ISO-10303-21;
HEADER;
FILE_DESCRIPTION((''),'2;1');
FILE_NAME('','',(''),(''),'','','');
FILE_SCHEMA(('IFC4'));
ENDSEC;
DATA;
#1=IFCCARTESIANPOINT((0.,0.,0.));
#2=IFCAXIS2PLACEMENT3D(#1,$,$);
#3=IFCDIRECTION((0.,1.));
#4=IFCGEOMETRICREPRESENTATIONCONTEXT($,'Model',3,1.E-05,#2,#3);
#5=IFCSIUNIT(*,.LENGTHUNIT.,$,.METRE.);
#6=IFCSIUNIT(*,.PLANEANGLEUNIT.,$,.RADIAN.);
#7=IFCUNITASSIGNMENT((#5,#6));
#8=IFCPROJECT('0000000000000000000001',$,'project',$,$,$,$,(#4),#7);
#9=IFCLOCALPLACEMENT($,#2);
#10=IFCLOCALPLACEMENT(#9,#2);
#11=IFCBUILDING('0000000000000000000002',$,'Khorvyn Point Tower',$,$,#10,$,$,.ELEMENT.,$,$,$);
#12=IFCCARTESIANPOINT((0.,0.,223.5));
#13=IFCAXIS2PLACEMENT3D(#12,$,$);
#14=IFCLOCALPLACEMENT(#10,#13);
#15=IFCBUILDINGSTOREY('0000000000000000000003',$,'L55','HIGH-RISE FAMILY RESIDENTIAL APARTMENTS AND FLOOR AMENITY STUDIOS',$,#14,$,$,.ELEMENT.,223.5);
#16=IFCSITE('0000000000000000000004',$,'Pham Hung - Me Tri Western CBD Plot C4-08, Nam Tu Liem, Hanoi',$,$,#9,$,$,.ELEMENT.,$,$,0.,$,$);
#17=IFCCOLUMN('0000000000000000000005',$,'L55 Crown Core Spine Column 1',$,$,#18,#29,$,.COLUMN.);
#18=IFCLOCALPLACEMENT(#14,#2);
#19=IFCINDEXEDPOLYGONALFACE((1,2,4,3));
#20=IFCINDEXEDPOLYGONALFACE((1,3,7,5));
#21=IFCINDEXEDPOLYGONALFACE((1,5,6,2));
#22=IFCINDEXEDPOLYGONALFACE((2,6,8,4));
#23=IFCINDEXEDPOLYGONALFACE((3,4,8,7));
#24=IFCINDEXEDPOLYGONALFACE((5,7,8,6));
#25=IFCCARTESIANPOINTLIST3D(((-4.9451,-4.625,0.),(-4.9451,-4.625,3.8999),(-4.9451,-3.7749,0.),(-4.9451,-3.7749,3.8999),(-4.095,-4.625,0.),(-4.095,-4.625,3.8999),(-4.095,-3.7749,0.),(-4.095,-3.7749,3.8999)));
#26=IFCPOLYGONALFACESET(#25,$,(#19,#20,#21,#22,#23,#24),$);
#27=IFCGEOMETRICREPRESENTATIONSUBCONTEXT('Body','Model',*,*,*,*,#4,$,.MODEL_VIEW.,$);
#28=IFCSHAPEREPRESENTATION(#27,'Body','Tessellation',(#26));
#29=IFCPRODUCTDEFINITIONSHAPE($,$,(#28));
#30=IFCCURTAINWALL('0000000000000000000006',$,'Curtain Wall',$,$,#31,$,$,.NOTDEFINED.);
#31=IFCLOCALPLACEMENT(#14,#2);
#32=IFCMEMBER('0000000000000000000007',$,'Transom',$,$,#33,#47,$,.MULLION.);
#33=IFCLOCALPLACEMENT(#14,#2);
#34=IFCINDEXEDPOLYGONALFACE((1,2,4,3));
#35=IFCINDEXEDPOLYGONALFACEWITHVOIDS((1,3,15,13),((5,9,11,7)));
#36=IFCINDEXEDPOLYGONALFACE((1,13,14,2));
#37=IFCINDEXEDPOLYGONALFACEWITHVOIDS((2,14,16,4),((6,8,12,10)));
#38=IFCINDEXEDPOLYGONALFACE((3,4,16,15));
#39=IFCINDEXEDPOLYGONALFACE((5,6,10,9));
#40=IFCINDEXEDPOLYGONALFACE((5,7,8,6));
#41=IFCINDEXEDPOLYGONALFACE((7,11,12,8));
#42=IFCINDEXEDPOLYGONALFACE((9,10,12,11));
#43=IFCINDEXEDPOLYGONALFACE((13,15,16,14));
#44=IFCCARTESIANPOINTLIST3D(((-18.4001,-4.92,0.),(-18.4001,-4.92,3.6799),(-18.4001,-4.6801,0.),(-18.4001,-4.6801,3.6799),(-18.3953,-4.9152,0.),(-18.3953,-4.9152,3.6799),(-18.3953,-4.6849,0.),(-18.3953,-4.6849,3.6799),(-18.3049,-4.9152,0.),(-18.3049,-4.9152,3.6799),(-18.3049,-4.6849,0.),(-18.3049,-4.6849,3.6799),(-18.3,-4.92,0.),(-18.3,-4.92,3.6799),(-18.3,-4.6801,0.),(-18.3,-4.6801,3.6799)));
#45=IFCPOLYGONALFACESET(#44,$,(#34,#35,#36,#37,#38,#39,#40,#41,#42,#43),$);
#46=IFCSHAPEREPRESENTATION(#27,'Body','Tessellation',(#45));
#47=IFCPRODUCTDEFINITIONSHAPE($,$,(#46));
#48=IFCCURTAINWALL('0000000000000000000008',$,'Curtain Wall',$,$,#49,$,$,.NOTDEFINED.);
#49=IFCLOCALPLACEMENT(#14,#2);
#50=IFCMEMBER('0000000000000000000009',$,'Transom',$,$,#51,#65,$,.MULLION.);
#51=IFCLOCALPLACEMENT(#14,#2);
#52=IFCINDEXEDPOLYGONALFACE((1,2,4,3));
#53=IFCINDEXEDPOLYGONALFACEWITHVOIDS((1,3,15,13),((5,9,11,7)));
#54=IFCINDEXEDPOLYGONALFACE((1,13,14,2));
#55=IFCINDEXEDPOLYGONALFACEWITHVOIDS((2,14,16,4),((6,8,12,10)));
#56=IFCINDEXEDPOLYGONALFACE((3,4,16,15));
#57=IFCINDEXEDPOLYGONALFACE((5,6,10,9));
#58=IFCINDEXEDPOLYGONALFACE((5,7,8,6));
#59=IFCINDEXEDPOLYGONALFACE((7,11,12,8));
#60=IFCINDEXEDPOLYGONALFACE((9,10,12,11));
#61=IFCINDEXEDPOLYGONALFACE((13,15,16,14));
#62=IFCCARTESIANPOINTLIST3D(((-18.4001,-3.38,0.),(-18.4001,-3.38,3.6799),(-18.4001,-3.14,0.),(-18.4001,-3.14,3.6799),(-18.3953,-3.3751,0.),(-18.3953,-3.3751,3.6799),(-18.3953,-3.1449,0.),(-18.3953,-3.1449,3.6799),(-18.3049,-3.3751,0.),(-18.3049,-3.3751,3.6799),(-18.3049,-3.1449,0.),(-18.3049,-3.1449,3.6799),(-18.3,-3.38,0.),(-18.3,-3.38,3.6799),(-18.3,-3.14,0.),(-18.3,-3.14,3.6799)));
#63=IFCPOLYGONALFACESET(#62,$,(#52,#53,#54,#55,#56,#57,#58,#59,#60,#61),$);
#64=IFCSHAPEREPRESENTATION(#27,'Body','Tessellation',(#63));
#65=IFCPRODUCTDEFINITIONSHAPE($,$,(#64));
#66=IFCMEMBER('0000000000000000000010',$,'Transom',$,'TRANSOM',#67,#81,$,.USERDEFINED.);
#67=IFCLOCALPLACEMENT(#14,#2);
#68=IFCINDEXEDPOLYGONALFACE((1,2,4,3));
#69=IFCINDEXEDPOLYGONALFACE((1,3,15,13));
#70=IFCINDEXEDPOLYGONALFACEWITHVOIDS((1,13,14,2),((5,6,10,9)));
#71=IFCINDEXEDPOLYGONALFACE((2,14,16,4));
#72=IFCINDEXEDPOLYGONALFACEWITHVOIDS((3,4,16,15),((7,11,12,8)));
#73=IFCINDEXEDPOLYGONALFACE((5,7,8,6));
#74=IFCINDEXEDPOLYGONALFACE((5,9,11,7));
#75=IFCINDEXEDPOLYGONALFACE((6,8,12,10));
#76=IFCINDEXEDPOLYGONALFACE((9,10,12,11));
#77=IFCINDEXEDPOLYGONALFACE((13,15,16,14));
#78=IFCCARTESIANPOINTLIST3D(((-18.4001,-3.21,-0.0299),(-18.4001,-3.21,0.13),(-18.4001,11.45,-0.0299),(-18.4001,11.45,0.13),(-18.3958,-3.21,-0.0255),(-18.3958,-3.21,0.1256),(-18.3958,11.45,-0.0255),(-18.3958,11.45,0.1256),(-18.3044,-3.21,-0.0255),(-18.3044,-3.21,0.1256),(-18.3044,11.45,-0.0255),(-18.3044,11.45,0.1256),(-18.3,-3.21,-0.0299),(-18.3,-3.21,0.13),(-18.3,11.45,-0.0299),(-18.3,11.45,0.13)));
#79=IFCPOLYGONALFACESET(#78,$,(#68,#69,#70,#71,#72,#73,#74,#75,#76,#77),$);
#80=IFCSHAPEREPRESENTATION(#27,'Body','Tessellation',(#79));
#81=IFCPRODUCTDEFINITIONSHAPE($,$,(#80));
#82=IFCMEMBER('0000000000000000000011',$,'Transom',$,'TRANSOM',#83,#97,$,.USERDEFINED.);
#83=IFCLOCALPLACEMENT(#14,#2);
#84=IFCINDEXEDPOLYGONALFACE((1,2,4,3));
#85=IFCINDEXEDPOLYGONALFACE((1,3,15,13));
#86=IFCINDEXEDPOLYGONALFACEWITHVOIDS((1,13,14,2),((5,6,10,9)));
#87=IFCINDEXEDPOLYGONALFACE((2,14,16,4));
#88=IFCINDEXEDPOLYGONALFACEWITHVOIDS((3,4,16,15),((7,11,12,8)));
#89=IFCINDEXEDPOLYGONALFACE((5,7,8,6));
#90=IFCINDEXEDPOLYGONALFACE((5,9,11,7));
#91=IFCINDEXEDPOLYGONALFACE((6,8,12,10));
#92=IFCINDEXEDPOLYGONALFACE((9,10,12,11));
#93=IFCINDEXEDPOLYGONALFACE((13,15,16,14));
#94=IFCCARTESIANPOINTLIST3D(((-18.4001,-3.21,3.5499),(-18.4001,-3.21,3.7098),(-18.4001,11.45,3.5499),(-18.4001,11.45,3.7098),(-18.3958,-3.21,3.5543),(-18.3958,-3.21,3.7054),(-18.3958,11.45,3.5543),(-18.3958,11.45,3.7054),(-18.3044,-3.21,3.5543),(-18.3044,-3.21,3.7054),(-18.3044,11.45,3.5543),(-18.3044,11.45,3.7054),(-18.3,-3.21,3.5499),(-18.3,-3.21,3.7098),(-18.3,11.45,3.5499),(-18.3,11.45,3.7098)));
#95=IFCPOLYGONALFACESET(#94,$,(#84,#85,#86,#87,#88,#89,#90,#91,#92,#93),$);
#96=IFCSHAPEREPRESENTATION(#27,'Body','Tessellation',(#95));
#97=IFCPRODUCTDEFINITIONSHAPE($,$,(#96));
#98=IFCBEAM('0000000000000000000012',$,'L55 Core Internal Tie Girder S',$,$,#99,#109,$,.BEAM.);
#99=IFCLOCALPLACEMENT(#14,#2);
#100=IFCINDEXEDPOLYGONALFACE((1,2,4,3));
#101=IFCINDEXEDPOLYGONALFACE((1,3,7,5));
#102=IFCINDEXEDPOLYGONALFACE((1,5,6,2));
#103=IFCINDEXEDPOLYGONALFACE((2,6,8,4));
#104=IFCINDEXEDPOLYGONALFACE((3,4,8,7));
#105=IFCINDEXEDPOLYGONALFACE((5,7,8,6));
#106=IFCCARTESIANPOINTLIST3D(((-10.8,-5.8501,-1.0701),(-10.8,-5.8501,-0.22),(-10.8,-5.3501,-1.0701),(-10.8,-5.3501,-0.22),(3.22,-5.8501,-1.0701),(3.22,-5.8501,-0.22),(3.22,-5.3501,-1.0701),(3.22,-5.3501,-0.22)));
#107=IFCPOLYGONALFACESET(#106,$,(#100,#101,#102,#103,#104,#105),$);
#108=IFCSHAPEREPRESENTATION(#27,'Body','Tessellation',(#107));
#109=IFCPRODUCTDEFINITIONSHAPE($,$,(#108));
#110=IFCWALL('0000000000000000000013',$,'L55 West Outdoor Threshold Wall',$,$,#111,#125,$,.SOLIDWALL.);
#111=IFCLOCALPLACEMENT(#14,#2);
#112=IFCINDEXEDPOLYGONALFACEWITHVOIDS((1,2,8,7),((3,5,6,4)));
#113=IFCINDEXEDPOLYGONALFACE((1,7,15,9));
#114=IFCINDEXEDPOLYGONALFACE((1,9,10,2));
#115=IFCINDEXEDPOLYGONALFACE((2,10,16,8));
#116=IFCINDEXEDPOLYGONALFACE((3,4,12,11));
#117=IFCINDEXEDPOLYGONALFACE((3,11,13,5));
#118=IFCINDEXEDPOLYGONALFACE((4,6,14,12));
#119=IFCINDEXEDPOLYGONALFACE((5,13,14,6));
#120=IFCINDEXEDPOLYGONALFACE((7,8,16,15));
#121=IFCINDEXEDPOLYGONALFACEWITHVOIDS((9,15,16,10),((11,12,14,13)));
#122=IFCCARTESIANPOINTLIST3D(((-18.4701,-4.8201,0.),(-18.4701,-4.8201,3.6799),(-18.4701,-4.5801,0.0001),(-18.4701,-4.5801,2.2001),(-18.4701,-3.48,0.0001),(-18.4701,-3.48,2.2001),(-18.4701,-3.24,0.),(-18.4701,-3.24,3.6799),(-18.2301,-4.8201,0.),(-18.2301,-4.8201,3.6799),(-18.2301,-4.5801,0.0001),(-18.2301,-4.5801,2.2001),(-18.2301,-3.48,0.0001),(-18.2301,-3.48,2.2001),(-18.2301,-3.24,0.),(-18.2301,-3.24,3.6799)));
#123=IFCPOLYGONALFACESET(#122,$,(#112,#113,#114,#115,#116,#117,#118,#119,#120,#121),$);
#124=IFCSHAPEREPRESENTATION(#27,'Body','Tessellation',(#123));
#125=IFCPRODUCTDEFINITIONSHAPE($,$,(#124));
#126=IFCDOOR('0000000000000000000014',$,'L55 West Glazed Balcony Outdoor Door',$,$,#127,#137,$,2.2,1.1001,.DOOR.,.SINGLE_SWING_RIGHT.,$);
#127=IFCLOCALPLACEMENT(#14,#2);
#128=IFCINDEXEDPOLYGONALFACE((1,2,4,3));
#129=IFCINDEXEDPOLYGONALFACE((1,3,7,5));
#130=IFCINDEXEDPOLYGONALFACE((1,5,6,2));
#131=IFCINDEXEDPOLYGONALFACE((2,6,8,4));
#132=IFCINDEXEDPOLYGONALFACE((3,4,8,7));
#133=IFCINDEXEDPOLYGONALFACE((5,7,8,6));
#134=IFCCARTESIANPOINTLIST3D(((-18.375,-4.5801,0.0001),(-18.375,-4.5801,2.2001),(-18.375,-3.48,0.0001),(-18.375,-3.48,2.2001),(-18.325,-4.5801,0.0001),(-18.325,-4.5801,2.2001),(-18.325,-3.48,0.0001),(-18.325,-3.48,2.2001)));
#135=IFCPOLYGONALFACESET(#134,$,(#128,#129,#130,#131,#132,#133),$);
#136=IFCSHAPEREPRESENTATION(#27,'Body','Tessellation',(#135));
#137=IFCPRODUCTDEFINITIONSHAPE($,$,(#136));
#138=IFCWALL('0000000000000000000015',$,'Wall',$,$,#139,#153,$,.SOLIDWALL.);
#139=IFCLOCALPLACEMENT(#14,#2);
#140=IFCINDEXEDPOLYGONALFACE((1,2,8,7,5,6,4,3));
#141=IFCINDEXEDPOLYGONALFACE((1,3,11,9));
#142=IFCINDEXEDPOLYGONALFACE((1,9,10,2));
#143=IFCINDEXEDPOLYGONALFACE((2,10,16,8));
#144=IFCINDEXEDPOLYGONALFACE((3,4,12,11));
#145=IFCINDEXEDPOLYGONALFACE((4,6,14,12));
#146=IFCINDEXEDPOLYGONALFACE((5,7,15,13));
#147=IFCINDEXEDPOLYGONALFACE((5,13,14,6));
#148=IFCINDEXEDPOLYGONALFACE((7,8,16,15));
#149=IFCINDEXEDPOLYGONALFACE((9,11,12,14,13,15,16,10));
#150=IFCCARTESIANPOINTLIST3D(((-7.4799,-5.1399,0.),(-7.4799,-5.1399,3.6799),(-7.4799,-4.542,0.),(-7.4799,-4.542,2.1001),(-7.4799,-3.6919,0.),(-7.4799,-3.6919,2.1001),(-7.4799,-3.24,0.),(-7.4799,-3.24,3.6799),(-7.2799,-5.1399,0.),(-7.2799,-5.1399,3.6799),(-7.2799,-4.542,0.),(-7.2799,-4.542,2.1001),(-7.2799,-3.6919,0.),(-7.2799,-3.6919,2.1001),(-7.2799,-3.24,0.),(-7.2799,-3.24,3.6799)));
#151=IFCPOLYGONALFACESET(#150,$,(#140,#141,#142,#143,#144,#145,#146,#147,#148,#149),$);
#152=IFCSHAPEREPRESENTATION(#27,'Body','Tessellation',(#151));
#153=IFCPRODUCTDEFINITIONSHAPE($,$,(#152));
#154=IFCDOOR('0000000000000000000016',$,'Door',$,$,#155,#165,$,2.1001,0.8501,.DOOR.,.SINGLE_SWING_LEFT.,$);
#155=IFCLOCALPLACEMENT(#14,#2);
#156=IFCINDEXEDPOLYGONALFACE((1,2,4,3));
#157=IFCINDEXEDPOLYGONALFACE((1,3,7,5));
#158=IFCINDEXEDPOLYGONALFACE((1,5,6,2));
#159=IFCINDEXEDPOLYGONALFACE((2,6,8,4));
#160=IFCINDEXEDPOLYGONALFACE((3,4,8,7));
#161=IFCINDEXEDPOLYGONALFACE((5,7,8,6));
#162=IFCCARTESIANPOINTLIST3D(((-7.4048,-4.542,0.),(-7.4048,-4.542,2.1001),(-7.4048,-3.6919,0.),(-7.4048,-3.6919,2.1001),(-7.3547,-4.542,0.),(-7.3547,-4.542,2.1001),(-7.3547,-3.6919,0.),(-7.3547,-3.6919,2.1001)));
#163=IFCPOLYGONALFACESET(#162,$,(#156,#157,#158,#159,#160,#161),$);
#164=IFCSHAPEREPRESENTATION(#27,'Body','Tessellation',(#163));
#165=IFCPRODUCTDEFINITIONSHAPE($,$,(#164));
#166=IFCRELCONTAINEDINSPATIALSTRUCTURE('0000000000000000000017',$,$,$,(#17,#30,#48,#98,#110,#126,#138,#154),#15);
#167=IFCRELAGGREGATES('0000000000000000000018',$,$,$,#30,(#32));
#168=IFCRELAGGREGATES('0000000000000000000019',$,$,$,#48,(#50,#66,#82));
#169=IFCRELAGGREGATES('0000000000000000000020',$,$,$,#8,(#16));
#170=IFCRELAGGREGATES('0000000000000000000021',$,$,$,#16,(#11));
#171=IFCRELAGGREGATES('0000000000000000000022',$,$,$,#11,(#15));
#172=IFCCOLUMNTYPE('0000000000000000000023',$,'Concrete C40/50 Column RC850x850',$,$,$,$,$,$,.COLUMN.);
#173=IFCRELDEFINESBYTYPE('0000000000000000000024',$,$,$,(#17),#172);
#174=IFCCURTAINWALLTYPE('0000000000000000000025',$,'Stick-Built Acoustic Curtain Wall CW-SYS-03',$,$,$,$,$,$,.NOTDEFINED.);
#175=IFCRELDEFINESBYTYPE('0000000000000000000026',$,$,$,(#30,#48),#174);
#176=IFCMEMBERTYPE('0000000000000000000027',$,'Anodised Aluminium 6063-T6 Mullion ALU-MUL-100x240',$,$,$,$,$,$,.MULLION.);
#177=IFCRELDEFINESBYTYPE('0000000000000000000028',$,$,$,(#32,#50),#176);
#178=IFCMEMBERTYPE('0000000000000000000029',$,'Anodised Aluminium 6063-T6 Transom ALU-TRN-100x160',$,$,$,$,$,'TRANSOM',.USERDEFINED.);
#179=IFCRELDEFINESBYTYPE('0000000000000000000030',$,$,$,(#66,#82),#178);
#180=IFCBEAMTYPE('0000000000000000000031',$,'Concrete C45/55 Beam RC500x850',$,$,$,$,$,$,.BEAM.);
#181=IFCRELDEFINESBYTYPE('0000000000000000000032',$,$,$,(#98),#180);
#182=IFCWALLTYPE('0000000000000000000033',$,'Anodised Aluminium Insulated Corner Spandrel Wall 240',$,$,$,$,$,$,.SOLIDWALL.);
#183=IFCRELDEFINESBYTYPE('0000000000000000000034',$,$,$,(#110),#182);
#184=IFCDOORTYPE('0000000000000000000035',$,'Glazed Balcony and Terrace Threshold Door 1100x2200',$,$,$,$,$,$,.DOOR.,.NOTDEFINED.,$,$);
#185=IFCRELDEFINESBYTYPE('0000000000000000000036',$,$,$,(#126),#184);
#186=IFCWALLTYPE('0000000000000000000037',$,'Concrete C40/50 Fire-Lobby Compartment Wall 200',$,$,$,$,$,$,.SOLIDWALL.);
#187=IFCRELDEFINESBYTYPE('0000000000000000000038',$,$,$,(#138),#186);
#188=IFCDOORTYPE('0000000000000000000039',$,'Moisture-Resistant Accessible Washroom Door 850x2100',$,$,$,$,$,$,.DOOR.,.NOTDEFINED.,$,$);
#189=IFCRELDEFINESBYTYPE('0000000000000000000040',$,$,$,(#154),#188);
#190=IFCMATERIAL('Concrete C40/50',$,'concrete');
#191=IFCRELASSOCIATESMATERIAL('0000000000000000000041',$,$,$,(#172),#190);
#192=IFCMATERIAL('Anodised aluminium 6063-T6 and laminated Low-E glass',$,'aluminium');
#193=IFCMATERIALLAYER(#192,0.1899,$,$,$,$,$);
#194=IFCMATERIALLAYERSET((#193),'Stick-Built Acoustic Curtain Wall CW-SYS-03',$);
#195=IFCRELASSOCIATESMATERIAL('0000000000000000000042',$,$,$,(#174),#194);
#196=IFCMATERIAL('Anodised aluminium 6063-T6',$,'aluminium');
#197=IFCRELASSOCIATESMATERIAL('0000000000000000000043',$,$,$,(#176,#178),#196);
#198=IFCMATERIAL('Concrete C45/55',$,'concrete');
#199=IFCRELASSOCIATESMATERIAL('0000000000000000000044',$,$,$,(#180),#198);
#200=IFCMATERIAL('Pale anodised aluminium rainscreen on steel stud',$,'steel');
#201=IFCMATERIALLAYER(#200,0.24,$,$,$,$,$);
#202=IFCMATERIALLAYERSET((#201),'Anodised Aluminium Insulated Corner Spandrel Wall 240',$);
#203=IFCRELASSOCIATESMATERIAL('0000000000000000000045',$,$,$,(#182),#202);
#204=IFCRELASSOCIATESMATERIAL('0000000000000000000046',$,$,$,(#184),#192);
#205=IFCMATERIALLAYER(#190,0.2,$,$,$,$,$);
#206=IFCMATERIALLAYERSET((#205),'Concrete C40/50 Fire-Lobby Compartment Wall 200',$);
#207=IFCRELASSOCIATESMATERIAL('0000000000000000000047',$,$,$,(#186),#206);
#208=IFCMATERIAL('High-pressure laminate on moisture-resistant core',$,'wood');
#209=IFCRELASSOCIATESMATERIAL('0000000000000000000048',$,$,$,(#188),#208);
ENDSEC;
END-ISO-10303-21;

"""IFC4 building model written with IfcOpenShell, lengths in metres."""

from ifc_helpers import new_model, si_unit, direction, frame, frame_2d, origin, origin_2d, place, context, subcontext, project, spatial, rectangle, hollow_rectangle, extrude, material, layer, layer_set, material_profile, profile_set, type_object, element, fill, aggregate, save


model = new_model("IFC4")

# Units and contexts
model_context = context("Model", 3, precision=1e-05, world=origin(), true_north=direction((0.0, 1.0)))
body_context = subcontext(model_context, "Body", "Model", "MODEL_VIEW")
ifc_project = project(units=[si_unit("LENGTHUNIT", "METRE"), si_unit("PLANEANGLEUNIT", "RADIAN")], contexts=[model_context])

# Site, building, storey
site_placement = place(None, origin())
site = spatial("IfcSite", under=ifc_project, at=site_placement, Name="Pham Hung - Me Tri Western CBD Plot C4-08, Nam Tu Liem, Hanoi", CompositionType="ELEMENT", RefElevation=0.0)
building_placement = place(site_placement, origin())
building = spatial("IfcBuilding", under=site, at=building_placement, Name="Khorvyn Point Tower", CompositionType="ELEMENT")
storey_placement = place(building_placement, frame((0.0, 0.0, 223.5)))
storey = spatial("IfcBuildingStorey", under=building, at=storey_placement, Name="L55", Description="HIGH-RISE FAMILY RESIDENTIAL APARTMENTS AND FLOOR AMENITY STUDIOS", CompositionType="ELEMENT", Elevation=223.5)

# Column
ifc_material_1 = material(Name="Concrete C40/50", Category="concrete")
ifc_material_profile_1 = material_profile(ifc_material_1, rectangle(XDim=0.8501, YDim=0.8501, at=origin_2d()))
ifc_profile_set_1 = profile_set([ifc_material_profile_1], Name="Concrete C40/50 RC850x850")
column_type = type_object("IfcColumnType", Name="Concrete C40/50 Column RC850x850", PredefinedType="COLUMN", material=ifc_profile_set_1)
column_placement = place(storey_placement, frame((-4.52, -4.2, 0.0), z_axis=(0.0, 0.0, 1.0), x_axis=(1.0, 0.0, 0.0)))
element("IfcColumn", 1, at=column_placement, inside=storey, type_object=column_type, Name="L55 Crown Core Spine Column 1", PredefinedType="COLUMN", context=body_context, shape_type="SweptSolid", body=[
    extrude(rectangle(XDim=0.8501, YDim=0.8501, at=origin_2d()), origin(), (0.0, 0.0, 1.0), 3.8999),
])

# Curtain wall, member
ifc_material_2 = material(Name="Anodised aluminium 6063-T6 and laminated Low-E glass", Category="aluminium")
ifc_layer_1 = layer(ifc_material_2, 0.1899)
ifc_layer_set_1 = layer_set([ifc_layer_1], Name="Stick-Built Acoustic Curtain Wall CW-SYS-03")
curtain_wall_type = type_object("IfcCurtainWallType", Name="Stick-Built Acoustic Curtain Wall CW-SYS-03", PredefinedType="NOTDEFINED", material=ifc_layer_set_1)
curtain_wall_1_placement = place(storey_placement, origin())
curtain_wall_1 = element("IfcCurtainWall", 2, at=curtain_wall_1_placement, inside=storey, type_object=curtain_wall_type, Name="Curtain Wall", PredefinedType="NOTDEFINED")
ifc_material_3 = material(Name="Anodised aluminium 6063-T6", Category="aluminium")
ifc_material_profile_2 = material_profile(ifc_material_3, hollow_rectangle(XDim=0.1001, YDim=0.24, WallThickness=0.0049, at=origin_2d()))
ifc_profile_set_2 = profile_set([ifc_material_profile_2], Name="Anodised aluminium 6063-T6 ALU-MUL-100x240")
member_type_1 = type_object("IfcMemberType", Name="Anodised Aluminium 6063-T6 Mullion ALU-MUL-100x240", PredefinedType="MULLION", material=ifc_profile_set_2)
member_1_placement = place(storey_placement, frame((-18.3501, -4.8, 0.0), z_axis=(0.0, 0.0, 1.0), x_axis=(-1.0, 0.0, 0.0)))
member_1 = element("IfcMember", 3, at=member_1_placement, type_object=member_type_1, Name="Transom", PredefinedType="MULLION", context=body_context, shape_type="SweptSolid", body=[
    extrude(hollow_rectangle(XDim=0.1001, YDim=0.24, WallThickness=0.0049, at=origin_2d()), origin(), (0.0, 0.0, 1.0), 3.6799),
])
aggregate(curtain_wall_1, [member_1])

# Curtain wall, members
curtain_wall_2_placement = place(storey_placement, origin())
curtain_wall_2 = element("IfcCurtainWall", 4, at=curtain_wall_2_placement, inside=storey, type_object=curtain_wall_type, Name="Curtain Wall", PredefinedType="NOTDEFINED")
member_2_placement = place(storey_placement, frame((-18.3501, -3.26, 0.0), z_axis=(0.0, 0.0, 1.0), x_axis=(-1.0, 0.0, 0.0)))
member_2 = element("IfcMember", 5, at=member_2_placement, type_object=member_type_1, Name="Transom", PredefinedType="MULLION", context=body_context, shape_type="SweptSolid", body=[
    extrude(hollow_rectangle(XDim=0.1001, YDim=0.24, WallThickness=0.0049, at=origin_2d()), origin(), (0.0, 0.0, 1.0), 3.6799),
])
ifc_material_profile_3 = material_profile(ifc_material_3, hollow_rectangle(XDim=0.1001, YDim=0.1599, WallThickness=0.0044, at=origin_2d()))
ifc_profile_set_3 = profile_set([ifc_material_profile_3], Name="Anodised aluminium 6063-T6 ALU-TRN-100x160")
member_type_2 = type_object("IfcMemberType", Name="Anodised Aluminium 6063-T6 Transom ALU-TRN-100x160", ElementType="TRANSOM", PredefinedType="USERDEFINED", material=ifc_profile_set_3)
member_3_placement = place(storey_placement, frame((-18.3501, -3.21, 0.05), z_axis=(0.0, 1.0, 0.0), x_axis=(-1.0, 0.0, 0.0)))
member_3 = element("IfcMember", 6, at=member_3_placement, type_object=member_type_2, Name="Transom", ObjectType="TRANSOM", PredefinedType="USERDEFINED", context=body_context, shape_type="SweptSolid", body=[
    extrude(hollow_rectangle(XDim=0.1001, YDim=0.1599, WallThickness=0.0044, at=origin_2d()), origin(), (0.0, 0.0, 1.0), 14.6599),
])
member_4_placement = place(storey_placement, frame((-18.3501, -3.21, 3.6299), z_axis=(0.0, 1.0, 0.0), x_axis=(-1.0, 0.0, 0.0)))
member_4 = element("IfcMember", 7, at=member_4_placement, type_object=member_type_2, Name="Transom", ObjectType="TRANSOM", PredefinedType="USERDEFINED", context=body_context, shape_type="SweptSolid", body=[
    extrude(hollow_rectangle(XDim=0.1001, YDim=0.1599, WallThickness=0.0044, at=origin_2d()), origin(), (0.0, 0.0, 1.0), 14.6599),
])
aggregate(curtain_wall_2, [member_2, member_3, member_4])

# Beam
ifc_material_4 = material(Name="Concrete C45/55", Category="concrete")
ifc_material_profile_4 = material_profile(ifc_material_4, rectangle(XDim=0.5, YDim=0.8501, at=origin_2d()))
ifc_profile_set_4 = profile_set([ifc_material_profile_4], Name="Concrete C45/55 RC500x850")
beam_type = type_object("IfcBeamType", Name="Concrete C45/55 Beam RC500x850", PredefinedType="BEAM", material=ifc_profile_set_4)
beam_placement = place(storey_placement, frame((-10.8, -5.6001, -0.645), z_axis=(1.0, 0.0, 0.0), x_axis=(0.0, 1.0, 0.0)))
element("IfcBeam", 8, at=beam_placement, inside=storey, type_object=beam_type, Name="L55 Core Internal Tie Girder S", PredefinedType="BEAM", context=body_context, shape_type="SweptSolid", body=[
    extrude(rectangle(XDim=0.5, YDim=0.8501, at=origin_2d()), origin(), (0.0, 0.0, 1.0), 14.02),
])

# Walls, openings, doors
ifc_material_5 = material(Name="Pale anodised aluminium rainscreen on steel stud", Category="steel")
ifc_layer_2 = layer(ifc_material_5, 0.24)
ifc_layer_set_2 = layer_set([ifc_layer_2], Name="Anodised Aluminium Insulated Corner Spandrel Wall 240")
wall_type_1 = type_object("IfcWallType", Name="Anodised Aluminium Insulated Corner Spandrel Wall 240", PredefinedType="SOLIDWALL", material=ifc_layer_set_2)
wall_1_placement = place(storey_placement, frame((-18.3501, -4.8201, 0.0), z_axis=(0.0, 0.0, 1.0), x_axis=(0.0, 1.0, 0.0)))
wall_1 = element("IfcWall", 9, at=wall_1_placement, inside=storey, type_object=wall_type_1, Name="L55 West Outdoor Threshold Wall", PredefinedType="SOLIDWALL", context=body_context, shape_type="SweptSolid", body=[
    extrude(rectangle(XDim=1.5801, YDim=0.24, at=frame_2d((0.79, 0.0))), origin(), (0.0, 0.0, 1.0), 3.6799),
])
opening_1_placement = place(wall_1_placement, frame((0.24, 0.0, 0.0)))
opening_1 = element("IfcOpeningElement", 10, at=opening_1_placement, cuts=wall_1, PredefinedType="OPENING", context=body_context, shape_type="SweptSolid", body=[
    extrude(rectangle(XDim=1.1001, YDim=2.2, at=frame_2d((0.55, 1.1001))), frame((0.0, 0.1299, 0.0), z_axis=(0.0, -1.0, 0.0), x_axis=(1.0, 0.0, 0.0)), (0.0, 0.0, 1.0), 0.26),
])
door_type_1 = type_object("IfcDoorType", Name="Glazed Balcony and Terrace Threshold Door 1100x2200", OperationType="NOTDEFINED", PredefinedType="DOOR", material=ifc_material_2)
door_1_placement = place(opening_1_placement, origin())
door_1 = element("IfcDoor", 11, at=door_1_placement, inside=storey, type_object=door_type_1, Name="L55 West Glazed Balcony Outdoor Door", OperationType="SINGLE_SWING_RIGHT", OverallHeight=2.2, OverallWidth=1.1001, PredefinedType="DOOR", context=body_context, shape_type="SweptSolid", body=[
    extrude(rectangle(XDim=1.1001, YDim=2.2, at=frame_2d((0.55, 1.1001))), frame((0.0, 0.0249, 0.0), z_axis=(0.0, -1.0, 0.0), x_axis=(1.0, 0.0, 0.0)), (0.0, 0.0, 1.0), 0.05),
])
fill(opening_1, door_1)
ifc_layer_3 = layer(ifc_material_1, 0.2)
ifc_layer_set_3 = layer_set([ifc_layer_3], Name="Concrete C40/50 Fire-Lobby Compartment Wall 200")
wall_type_2 = type_object("IfcWallType", Name="Concrete C40/50 Fire-Lobby Compartment Wall 200", PredefinedType="SOLIDWALL", material=ifc_layer_set_3)
wall_2_placement = place(storey_placement, frame((-7.3799, -5.1399, 0.0), z_axis=(0.0, 0.0, 1.0), x_axis=(0.0, 1.0, 0.0)))
wall_2 = element("IfcWall", 12, at=wall_2_placement, inside=storey, type_object=wall_type_2, Name="Wall", PredefinedType="SOLIDWALL", context=body_context, shape_type="SweptSolid", body=[
    extrude(rectangle(XDim=1.8999, YDim=0.2, at=frame_2d((0.95, 0.0))), origin(), (0.0, 0.0, 1.0), 3.6799),
])
opening_2_placement = place(wall_2_placement, frame((0.5979, 0.0, 0.0)))
opening_2 = element("IfcOpeningElement", 13, at=opening_2_placement, cuts=wall_2, PredefinedType="OPENING", context=body_context, shape_type="SweptSolid", body=[
    extrude(rectangle(XDim=0.8501, YDim=2.1001, at=frame_2d((0.425, 1.05))), frame((0.0, 0.1099, 0.0), z_axis=(0.0, -1.0, 0.0), x_axis=(1.0, 0.0, 0.0)), (0.0, 0.0, 1.0), 0.22),
])
ifc_material_6 = material(Name="High-pressure laminate on moisture-resistant core", Category="wood")
door_type_2 = type_object("IfcDoorType", Name="Moisture-Resistant Accessible Washroom Door 850x2100", OperationType="NOTDEFINED", PredefinedType="DOOR", material=ifc_material_6)
door_2_placement = place(opening_2_placement, origin())
door_2 = element("IfcDoor", 14, at=door_2_placement, inside=storey, type_object=door_type_2, Name="Door", OperationType="SINGLE_SWING_LEFT", OverallHeight=2.1001, OverallWidth=0.8501, PredefinedType="DOOR", context=body_context, shape_type="SweptSolid", body=[
    extrude(rectangle(XDim=0.8501, YDim=2.1001, at=frame_2d((0.425, 1.05))), frame((0.0, 0.0249, 0.0), z_axis=(0.0, -1.0, 0.0), x_axis=(1.0, 0.0, 0.0)), (0.0, 0.0, 1.0), 0.05),
])
fill(opening_2, door_2)

save(model, "model.ifc")
